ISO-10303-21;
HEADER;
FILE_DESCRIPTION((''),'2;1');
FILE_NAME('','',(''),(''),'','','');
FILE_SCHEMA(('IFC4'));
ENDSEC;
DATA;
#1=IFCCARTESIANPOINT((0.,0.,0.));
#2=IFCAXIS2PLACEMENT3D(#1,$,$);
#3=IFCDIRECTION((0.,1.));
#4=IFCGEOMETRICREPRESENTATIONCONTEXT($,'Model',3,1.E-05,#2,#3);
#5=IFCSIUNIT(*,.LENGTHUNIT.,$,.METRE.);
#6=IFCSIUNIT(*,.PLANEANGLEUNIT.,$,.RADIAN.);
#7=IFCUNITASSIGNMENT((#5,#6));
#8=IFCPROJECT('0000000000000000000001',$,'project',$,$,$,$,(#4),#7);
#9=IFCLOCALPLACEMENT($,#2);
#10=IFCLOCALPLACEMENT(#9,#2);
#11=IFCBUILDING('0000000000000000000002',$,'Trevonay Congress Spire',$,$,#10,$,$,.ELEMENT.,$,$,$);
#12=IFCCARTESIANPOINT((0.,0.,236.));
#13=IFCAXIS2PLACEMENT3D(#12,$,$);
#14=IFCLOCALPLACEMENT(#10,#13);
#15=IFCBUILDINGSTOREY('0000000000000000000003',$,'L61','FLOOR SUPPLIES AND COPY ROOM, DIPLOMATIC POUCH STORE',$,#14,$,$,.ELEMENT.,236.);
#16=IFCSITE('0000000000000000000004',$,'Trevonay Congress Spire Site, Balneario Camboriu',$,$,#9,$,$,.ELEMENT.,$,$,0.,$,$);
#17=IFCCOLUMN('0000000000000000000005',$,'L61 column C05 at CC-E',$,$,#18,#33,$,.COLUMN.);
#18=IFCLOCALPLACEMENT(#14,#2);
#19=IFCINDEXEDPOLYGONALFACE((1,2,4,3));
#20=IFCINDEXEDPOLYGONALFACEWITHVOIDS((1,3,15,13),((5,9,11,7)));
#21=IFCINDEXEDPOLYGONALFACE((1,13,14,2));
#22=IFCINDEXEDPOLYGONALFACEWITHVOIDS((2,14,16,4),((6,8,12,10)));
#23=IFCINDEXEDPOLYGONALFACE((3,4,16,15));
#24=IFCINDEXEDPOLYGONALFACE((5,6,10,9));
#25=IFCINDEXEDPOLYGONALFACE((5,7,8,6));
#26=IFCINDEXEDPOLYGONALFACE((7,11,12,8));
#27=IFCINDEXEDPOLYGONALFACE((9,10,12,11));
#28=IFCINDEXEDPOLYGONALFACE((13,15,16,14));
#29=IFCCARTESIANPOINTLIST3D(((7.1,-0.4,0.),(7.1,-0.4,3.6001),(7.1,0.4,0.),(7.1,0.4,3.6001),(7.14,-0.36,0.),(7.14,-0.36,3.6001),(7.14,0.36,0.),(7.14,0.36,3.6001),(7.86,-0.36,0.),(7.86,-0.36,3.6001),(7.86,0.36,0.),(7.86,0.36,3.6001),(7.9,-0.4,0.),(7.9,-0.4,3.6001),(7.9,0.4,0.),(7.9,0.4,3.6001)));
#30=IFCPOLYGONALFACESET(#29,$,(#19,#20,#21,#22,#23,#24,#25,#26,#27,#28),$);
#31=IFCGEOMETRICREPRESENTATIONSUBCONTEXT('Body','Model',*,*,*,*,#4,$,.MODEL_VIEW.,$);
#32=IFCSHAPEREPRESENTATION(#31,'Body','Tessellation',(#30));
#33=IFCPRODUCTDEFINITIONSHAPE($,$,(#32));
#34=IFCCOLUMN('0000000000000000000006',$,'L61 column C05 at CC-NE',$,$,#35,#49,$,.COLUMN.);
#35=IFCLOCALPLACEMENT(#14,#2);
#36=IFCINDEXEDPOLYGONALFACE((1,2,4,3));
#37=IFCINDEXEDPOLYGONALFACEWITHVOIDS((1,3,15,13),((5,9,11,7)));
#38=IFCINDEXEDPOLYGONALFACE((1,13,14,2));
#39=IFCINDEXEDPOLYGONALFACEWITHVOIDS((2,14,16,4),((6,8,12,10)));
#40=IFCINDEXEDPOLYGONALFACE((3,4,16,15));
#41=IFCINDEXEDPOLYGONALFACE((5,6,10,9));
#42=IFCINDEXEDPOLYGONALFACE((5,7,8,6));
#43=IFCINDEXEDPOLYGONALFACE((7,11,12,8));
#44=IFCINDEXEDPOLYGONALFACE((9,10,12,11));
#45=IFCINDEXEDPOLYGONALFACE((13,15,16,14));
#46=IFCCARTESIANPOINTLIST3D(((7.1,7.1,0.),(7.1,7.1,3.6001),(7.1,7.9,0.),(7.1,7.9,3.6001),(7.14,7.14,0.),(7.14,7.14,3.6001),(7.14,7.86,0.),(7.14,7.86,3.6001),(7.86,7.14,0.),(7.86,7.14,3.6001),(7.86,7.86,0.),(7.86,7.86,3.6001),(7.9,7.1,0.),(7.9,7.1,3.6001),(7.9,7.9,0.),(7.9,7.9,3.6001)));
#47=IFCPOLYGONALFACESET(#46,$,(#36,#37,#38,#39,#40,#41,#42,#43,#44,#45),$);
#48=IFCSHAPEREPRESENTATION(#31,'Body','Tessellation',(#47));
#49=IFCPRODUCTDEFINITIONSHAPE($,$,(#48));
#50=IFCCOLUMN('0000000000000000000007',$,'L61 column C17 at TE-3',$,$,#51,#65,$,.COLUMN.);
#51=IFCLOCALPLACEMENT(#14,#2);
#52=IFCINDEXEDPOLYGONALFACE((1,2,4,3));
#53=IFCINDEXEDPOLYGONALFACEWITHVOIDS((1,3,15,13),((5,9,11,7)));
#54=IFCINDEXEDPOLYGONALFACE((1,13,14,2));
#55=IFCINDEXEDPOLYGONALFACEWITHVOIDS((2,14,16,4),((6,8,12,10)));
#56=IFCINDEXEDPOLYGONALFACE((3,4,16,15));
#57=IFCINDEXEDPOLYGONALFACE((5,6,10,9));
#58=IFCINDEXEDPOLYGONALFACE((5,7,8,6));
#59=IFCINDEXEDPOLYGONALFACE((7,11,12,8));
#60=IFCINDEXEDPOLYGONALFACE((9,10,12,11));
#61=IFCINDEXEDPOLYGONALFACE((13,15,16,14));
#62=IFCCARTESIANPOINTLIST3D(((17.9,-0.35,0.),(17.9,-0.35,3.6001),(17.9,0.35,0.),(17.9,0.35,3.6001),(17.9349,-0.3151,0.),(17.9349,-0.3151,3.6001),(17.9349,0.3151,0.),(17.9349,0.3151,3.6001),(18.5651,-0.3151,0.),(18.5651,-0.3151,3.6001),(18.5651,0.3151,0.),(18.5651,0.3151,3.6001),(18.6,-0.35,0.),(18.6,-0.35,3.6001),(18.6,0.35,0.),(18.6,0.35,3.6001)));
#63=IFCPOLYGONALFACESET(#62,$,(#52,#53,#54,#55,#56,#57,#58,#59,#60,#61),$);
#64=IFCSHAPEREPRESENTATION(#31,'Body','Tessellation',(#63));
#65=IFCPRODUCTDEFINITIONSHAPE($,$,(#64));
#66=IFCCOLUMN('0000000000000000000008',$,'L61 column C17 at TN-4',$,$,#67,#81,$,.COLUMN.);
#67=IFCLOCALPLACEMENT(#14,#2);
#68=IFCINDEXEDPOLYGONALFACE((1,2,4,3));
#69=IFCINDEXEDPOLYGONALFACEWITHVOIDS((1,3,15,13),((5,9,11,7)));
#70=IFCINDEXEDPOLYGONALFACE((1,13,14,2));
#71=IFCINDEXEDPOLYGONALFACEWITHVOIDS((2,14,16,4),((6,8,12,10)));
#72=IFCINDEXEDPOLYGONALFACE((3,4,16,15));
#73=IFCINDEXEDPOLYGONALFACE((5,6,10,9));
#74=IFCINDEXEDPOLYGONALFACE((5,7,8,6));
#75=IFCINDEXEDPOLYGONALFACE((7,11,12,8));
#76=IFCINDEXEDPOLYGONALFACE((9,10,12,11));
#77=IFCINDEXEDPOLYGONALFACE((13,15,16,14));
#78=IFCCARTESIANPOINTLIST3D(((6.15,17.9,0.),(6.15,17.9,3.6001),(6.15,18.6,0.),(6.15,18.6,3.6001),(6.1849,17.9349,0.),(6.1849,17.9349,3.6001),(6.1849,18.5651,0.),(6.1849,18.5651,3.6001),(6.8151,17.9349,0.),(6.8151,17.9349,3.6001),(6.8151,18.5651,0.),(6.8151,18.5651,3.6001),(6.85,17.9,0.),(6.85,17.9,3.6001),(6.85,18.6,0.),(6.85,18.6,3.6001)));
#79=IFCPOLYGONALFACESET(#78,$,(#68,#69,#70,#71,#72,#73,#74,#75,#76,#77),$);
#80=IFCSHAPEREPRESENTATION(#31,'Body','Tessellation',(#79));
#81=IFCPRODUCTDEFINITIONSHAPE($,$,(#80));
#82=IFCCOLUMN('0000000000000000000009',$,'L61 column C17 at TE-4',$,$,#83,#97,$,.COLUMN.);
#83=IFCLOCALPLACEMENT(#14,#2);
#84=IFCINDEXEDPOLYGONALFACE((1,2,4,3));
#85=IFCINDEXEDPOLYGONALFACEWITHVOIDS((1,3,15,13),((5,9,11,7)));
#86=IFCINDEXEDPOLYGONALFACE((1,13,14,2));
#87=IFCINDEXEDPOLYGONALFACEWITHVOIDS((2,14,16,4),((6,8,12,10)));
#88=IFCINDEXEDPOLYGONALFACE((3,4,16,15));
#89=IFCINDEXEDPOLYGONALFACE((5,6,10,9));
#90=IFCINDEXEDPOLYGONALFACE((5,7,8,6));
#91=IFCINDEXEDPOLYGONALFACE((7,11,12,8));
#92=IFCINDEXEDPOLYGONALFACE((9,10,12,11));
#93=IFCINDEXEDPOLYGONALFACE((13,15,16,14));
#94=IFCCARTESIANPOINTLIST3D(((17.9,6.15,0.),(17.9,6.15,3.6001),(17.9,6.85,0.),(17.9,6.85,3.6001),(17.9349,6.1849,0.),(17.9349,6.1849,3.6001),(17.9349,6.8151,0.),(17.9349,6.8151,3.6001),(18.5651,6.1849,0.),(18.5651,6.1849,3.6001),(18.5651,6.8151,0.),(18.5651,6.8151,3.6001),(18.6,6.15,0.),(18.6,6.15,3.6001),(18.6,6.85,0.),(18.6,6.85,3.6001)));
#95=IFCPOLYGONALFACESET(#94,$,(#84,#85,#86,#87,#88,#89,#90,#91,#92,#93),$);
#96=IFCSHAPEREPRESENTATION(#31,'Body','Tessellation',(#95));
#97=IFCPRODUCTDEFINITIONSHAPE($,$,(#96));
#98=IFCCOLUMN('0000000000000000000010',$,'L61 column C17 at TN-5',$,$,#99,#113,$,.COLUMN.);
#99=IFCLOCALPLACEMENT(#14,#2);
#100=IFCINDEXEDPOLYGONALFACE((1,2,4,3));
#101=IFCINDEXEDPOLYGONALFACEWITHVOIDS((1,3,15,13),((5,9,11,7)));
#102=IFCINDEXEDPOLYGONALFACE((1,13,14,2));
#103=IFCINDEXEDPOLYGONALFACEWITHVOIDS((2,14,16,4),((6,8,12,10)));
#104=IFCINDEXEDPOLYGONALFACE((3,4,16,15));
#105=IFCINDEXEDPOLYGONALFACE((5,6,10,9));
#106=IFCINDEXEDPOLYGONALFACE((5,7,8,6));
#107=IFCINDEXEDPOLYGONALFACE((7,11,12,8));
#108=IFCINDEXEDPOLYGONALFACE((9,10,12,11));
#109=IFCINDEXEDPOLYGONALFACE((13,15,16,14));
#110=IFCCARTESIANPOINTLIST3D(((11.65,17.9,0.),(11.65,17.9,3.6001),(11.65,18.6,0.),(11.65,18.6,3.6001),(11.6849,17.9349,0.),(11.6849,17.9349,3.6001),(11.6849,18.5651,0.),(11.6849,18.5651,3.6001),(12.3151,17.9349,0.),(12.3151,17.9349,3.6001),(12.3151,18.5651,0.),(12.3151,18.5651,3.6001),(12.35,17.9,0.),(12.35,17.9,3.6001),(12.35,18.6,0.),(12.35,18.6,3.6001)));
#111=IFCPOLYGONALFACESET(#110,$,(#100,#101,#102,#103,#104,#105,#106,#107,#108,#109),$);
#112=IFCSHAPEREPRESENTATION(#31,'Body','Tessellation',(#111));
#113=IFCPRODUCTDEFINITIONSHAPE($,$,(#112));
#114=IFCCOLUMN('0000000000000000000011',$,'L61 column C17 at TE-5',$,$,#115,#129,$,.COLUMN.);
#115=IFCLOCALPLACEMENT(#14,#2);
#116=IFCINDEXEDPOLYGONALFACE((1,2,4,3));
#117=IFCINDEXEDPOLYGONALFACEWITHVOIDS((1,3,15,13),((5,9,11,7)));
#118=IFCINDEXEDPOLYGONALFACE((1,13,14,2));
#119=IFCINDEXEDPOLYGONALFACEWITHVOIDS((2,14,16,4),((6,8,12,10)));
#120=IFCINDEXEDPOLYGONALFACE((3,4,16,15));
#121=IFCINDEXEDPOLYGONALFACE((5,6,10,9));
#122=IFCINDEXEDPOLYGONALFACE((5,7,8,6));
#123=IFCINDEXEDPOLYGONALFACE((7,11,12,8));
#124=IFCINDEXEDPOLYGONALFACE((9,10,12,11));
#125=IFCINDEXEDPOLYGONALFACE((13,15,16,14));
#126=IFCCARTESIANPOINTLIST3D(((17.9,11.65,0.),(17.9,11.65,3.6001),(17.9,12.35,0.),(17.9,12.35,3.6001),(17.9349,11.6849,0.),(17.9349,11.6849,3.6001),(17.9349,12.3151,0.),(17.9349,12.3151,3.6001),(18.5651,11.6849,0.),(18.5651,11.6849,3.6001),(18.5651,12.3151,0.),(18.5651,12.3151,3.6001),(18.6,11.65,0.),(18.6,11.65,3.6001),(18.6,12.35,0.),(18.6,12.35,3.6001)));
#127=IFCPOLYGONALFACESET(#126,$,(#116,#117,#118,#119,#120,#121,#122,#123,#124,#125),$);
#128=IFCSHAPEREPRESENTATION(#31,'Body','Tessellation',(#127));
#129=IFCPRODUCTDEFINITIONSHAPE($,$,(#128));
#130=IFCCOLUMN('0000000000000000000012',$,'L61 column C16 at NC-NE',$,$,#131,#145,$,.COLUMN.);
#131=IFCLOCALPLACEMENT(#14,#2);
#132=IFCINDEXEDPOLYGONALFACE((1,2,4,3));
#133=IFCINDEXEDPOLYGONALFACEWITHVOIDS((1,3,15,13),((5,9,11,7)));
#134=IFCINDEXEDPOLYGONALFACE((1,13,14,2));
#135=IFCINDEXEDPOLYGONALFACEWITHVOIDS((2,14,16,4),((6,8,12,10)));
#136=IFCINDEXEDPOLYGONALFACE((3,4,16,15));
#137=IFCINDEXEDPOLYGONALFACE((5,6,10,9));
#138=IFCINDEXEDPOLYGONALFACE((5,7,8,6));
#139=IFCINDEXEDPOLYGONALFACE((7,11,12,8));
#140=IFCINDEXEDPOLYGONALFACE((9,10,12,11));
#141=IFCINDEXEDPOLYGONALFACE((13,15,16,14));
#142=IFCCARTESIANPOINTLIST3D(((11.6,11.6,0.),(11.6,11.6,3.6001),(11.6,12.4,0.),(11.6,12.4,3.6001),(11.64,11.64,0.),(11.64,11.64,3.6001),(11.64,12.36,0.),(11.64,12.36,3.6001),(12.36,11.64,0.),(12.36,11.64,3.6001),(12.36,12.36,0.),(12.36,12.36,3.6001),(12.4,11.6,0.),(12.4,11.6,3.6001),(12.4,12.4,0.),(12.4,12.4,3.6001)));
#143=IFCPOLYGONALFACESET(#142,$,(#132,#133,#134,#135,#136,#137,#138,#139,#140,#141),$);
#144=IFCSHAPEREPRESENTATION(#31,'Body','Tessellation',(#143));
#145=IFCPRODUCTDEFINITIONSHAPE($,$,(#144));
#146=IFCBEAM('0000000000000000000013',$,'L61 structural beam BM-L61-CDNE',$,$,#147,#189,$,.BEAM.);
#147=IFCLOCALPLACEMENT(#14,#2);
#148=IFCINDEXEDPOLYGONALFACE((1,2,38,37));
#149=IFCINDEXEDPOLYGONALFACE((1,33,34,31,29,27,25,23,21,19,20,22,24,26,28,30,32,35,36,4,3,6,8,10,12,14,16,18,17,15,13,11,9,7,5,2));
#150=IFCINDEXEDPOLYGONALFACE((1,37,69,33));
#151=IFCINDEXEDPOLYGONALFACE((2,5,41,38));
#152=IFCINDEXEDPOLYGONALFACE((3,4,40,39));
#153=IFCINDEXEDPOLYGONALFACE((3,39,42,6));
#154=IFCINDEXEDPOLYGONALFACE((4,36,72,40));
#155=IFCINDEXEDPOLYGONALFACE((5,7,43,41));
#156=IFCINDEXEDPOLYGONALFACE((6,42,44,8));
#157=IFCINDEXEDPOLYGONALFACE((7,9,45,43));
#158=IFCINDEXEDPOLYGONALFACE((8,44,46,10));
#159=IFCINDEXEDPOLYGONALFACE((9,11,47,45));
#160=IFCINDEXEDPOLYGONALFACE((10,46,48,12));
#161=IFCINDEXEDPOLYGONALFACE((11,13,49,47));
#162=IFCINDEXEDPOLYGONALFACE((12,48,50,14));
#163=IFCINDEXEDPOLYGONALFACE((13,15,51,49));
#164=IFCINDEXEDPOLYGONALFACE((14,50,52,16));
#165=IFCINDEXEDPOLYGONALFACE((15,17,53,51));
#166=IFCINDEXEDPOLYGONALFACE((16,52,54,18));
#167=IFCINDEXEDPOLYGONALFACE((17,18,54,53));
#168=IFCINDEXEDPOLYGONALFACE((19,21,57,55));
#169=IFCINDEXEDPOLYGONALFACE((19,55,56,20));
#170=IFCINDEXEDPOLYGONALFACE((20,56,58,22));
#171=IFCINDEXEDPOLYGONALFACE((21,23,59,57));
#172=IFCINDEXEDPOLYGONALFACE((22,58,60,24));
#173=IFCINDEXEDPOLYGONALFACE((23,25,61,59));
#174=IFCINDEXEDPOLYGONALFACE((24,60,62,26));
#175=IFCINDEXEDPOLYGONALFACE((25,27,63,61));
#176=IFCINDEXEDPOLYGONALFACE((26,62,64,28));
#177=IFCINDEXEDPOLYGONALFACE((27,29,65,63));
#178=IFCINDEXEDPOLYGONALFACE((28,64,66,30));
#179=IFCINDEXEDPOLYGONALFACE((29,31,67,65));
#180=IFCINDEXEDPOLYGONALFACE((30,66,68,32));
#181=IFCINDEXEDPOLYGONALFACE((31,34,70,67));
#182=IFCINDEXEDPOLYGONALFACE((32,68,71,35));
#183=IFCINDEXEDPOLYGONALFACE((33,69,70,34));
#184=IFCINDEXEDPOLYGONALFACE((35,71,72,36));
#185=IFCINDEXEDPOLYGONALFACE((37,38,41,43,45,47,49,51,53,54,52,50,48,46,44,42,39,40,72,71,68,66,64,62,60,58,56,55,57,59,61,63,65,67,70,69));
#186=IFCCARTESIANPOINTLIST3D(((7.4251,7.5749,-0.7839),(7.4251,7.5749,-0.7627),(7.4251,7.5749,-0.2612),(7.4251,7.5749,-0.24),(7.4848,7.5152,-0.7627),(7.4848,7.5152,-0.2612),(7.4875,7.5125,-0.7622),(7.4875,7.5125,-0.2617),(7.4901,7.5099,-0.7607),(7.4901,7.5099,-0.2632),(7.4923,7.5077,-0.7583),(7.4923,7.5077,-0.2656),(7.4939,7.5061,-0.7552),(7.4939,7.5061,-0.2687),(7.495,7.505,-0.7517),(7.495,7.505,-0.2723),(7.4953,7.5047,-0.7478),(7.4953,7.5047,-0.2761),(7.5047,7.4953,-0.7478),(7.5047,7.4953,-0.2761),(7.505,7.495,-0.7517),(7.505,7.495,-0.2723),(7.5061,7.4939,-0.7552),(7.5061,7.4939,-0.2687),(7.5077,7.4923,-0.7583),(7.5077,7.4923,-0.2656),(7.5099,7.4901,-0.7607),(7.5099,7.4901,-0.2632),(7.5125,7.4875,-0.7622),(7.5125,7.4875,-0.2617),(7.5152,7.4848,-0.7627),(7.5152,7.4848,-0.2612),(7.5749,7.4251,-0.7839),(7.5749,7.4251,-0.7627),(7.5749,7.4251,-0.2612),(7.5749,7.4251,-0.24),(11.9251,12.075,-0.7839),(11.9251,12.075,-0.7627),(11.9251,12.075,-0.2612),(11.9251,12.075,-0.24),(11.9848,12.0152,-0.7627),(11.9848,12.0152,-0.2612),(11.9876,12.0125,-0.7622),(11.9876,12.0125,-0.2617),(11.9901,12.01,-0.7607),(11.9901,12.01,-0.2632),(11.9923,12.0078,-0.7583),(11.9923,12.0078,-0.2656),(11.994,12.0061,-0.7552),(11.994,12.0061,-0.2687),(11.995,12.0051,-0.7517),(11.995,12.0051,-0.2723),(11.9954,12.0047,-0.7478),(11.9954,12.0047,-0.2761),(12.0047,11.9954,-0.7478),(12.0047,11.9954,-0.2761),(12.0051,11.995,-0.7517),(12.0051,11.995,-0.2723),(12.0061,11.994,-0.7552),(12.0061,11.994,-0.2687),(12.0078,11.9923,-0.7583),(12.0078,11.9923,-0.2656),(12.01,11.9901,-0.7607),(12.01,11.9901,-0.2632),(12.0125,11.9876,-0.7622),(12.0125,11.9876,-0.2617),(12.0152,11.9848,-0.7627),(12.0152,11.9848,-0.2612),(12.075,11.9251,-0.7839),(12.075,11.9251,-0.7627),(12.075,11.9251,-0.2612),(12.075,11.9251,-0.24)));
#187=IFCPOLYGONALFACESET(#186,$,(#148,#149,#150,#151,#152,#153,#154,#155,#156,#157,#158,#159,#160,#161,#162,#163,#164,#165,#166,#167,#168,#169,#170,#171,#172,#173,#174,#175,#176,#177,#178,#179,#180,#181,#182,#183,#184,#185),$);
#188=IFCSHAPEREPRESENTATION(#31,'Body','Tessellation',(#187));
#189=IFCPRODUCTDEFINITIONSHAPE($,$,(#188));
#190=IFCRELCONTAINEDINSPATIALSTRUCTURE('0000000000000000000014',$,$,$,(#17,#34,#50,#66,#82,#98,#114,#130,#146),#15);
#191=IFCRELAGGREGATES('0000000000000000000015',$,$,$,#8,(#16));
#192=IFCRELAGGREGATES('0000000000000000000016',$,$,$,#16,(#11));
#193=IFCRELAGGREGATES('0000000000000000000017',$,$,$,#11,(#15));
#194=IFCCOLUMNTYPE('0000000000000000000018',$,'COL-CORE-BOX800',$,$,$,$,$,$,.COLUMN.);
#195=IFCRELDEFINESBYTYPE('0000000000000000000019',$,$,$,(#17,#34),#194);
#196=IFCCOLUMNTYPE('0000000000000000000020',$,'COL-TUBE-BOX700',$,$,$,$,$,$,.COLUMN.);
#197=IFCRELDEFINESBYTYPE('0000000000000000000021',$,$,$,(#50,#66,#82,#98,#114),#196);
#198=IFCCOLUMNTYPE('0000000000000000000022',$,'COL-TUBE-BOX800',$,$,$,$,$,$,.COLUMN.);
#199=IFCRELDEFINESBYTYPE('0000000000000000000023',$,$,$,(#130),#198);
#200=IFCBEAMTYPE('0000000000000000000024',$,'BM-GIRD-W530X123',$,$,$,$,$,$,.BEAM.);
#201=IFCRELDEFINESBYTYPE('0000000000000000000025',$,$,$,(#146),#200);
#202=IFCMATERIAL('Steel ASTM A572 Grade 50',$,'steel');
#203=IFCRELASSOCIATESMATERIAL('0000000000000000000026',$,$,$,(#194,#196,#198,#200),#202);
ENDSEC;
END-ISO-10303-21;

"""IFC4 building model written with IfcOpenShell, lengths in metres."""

from ifc_helpers import new_model, si_unit, direction, frame, origin, origin_2d, place, context, subcontext, project, spatial, hollow_rectangle, i_section, extrude, material, material_profile, profile_set, type_object, element, save


model = new_model("IFC4")

# Units and contexts
model_context = context("Model", 3, precision=1e-05, world=origin(), true_north=direction((0.0, 1.0)))
body_context = subcontext(model_context, "Body", "Model", "MODEL_VIEW")
ifc_project = project(units=[si_unit("LENGTHUNIT", "METRE"), si_unit("PLANEANGLEUNIT", "RADIAN")], contexts=[model_context])

# Site, building, storey
site_placement = place(None, origin())
site = spatial("IfcSite", under=ifc_project, at=site_placement, Name="Trevonay Congress Spire Site, Balneario Camboriu", CompositionType="ELEMENT", RefElevation=0.0)
building_placement = place(site_placement, origin())
building = spatial("IfcBuilding", under=site, at=building_placement, Name="Trevonay Congress Spire", CompositionType="ELEMENT")
storey_placement = place(building_placement, frame((0.0, 0.0, 236.0)))
storey = spatial("IfcBuildingStorey", under=building, at=storey_placement, Name="L61", Description="FLOOR SUPPLIES AND COPY ROOM, DIPLOMATIC POUCH STORE", CompositionType="ELEMENT", Elevation=236.0)

# Columns
ifc_material_1 = material(Name="Steel ASTM A572 Grade 50", Category="steel")
ifc_material_profile_1 = material_profile(ifc_material_1, hollow_rectangle(XDim=0.8, YDim=0.8, WallThickness=0.04, at=origin_2d()), Name="BOX 800x800x40")
ifc_profile_set_1 = profile_set([ifc_material_profile_1], Name="Steel ASTM A572 Grade 50")
column_type_1 = type_object("IfcColumnType", Name="COL-CORE-BOX800", PredefinedType="COLUMN", material=ifc_profile_set_1)
for number, where, z_axis, x_axis, name in (
    (1, (7.5, 0.0, 0.0), (0.0, 0.0, 1.0), (1.0, 0.0, 0.0), "L61 column C05 at CC-E"),
    (2, (7.5, 7.5, 0.0), (0.0, 0.0, 1.0), (1.0, 0.0, 0.0), "L61 column C05 at CC-NE"),
):
    element("IfcColumn", number, at=place(storey_placement, frame(where, z_axis=z_axis, x_axis=x_axis)), inside=storey, type_object=column_type_1, Name=name, PredefinedType="COLUMN", context=body_context, shape_type="SweptSolid", body=[
        extrude(hollow_rectangle(XDim=0.8, YDim=0.8, WallThickness=0.04, at=origin_2d()), origin(), (0.0, 0.0, 1.0), 3.6001),
    ])
ifc_material_profile_2 = material_profile(ifc_material_1, hollow_rectangle(XDim=0.7, YDim=0.7, WallThickness=0.0349, at=origin_2d()), Name="BOX 700x700x35")
ifc_profile_set_2 = profile_set([ifc_material_profile_2], Name="Steel ASTM A572 Grade 50")
column_type_2 = type_object("IfcColumnType", Name="COL-TUBE-BOX700", PredefinedType="COLUMN", material=ifc_profile_set_2)
for number, where, z_axis, x_axis, name in (
    (3, (18.25, 0.0, 0.0), (0.0, 0.0, 1.0), (1.0, 0.0, 0.0), "L61 column C17 at TE-3"),
    (4, (6.5, 18.25, 0.0), (0.0, 0.0, 1.0), (1.0, 0.0, 0.0), "L61 column C17 at TN-4"),
    (5, (18.25, 6.5, 0.0), (0.0, 0.0, 1.0), (1.0, 0.0, 0.0), "L61 column C17 at TE-4"),
    (6, (12.0, 18.25, 0.0), (0.0, 0.0, 1.0), (1.0, 0.0, 0.0), "L61 column C17 at TN-5"),
    (7, (18.25, 12.0, 0.0), (0.0, 0.0, 1.0), (1.0, 0.0, 0.0), "L61 column C17 at TE-5"),
):
    element("IfcColumn", number, at=place(storey_placement, frame(where, z_axis=z_axis, x_axis=x_axis)), inside=storey, type_object=column_type_2, Name=name, PredefinedType="COLUMN", context=body_context, shape_type="SweptSolid", body=[
        extrude(hollow_rectangle(XDim=0.7, YDim=0.7, WallThickness=0.0349, at=origin_2d()), origin(), (0.0, 0.0, 1.0), 3.6001),
    ])
ifc_material_profile_3 = material_profile(ifc_material_1, hollow_rectangle(XDim=0.8, YDim=0.8, WallThickness=0.04, at=origin_2d()), Name="BOX 800x800x40")
ifc_profile_set_3 = profile_set([ifc_material_profile_3], Name="Steel ASTM A572 Grade 50")
column_type_3 = type_object("IfcColumnType", Name="COL-TUBE-BOX800", PredefinedType="COLUMN", material=ifc_profile_set_3)
column_placement = place(storey_placement, frame((12.0, 12.0, 0.0), z_axis=(0.0, 0.0, 1.0), x_axis=(1.0, 0.0, 0.0)))
element("IfcColumn", 8, at=column_placement, inside=storey, type_object=column_type_3, Name="L61 column C16 at NC-NE", PredefinedType="COLUMN", context=body_context, shape_type="SweptSolid", body=[
    extrude(hollow_rectangle(XDim=0.8, YDim=0.8, WallThickness=0.04, at=origin_2d()), origin(), (0.0, 0.0, 1.0), 3.6001),
])

# Beam
ifc_material_profile_4 = material_profile(ifc_material_1, i_section(OverallWidth=0.2119, OverallDepth=0.5439, WebThickness=0.0132, FlangeThickness=0.0212, FilletRadius=0.0149, at=origin_2d()), Name="W530x123")
ifc_profile_set_4 = profile_set([ifc_material_profile_4], Name="Steel ASTM A572 Grade 50")
beam_type_1 = type_object("IfcBeamType", Name="BM-GIRD-W530X123", PredefinedType="BEAM", material=ifc_profile_set_4)
beam_1_placement = place(storey_placement, frame((7.5, 7.5, -0.512), z_axis=(0.707107, 0.707107, 0.0), x_axis=(-0.707107, 0.707107, 0.0)))
element("IfcBeam", 9, at=beam_1_placement, inside=storey, type_object=beam_type_1, Name="L61 structural beam BM-L61-CDNE", PredefinedType="BEAM", context=body_context, shape_type="SweptSolid", body=[
    extrude(i_section(OverallWidth=0.2119, OverallDepth=0.5439, WebThickness=0.0132, FlangeThickness=0.0212, FilletRadius=0.0149, at=origin_2d()), origin(), (0.0, 0.0, 1.0), 6.364),
])

save(model, "model.ifc")
